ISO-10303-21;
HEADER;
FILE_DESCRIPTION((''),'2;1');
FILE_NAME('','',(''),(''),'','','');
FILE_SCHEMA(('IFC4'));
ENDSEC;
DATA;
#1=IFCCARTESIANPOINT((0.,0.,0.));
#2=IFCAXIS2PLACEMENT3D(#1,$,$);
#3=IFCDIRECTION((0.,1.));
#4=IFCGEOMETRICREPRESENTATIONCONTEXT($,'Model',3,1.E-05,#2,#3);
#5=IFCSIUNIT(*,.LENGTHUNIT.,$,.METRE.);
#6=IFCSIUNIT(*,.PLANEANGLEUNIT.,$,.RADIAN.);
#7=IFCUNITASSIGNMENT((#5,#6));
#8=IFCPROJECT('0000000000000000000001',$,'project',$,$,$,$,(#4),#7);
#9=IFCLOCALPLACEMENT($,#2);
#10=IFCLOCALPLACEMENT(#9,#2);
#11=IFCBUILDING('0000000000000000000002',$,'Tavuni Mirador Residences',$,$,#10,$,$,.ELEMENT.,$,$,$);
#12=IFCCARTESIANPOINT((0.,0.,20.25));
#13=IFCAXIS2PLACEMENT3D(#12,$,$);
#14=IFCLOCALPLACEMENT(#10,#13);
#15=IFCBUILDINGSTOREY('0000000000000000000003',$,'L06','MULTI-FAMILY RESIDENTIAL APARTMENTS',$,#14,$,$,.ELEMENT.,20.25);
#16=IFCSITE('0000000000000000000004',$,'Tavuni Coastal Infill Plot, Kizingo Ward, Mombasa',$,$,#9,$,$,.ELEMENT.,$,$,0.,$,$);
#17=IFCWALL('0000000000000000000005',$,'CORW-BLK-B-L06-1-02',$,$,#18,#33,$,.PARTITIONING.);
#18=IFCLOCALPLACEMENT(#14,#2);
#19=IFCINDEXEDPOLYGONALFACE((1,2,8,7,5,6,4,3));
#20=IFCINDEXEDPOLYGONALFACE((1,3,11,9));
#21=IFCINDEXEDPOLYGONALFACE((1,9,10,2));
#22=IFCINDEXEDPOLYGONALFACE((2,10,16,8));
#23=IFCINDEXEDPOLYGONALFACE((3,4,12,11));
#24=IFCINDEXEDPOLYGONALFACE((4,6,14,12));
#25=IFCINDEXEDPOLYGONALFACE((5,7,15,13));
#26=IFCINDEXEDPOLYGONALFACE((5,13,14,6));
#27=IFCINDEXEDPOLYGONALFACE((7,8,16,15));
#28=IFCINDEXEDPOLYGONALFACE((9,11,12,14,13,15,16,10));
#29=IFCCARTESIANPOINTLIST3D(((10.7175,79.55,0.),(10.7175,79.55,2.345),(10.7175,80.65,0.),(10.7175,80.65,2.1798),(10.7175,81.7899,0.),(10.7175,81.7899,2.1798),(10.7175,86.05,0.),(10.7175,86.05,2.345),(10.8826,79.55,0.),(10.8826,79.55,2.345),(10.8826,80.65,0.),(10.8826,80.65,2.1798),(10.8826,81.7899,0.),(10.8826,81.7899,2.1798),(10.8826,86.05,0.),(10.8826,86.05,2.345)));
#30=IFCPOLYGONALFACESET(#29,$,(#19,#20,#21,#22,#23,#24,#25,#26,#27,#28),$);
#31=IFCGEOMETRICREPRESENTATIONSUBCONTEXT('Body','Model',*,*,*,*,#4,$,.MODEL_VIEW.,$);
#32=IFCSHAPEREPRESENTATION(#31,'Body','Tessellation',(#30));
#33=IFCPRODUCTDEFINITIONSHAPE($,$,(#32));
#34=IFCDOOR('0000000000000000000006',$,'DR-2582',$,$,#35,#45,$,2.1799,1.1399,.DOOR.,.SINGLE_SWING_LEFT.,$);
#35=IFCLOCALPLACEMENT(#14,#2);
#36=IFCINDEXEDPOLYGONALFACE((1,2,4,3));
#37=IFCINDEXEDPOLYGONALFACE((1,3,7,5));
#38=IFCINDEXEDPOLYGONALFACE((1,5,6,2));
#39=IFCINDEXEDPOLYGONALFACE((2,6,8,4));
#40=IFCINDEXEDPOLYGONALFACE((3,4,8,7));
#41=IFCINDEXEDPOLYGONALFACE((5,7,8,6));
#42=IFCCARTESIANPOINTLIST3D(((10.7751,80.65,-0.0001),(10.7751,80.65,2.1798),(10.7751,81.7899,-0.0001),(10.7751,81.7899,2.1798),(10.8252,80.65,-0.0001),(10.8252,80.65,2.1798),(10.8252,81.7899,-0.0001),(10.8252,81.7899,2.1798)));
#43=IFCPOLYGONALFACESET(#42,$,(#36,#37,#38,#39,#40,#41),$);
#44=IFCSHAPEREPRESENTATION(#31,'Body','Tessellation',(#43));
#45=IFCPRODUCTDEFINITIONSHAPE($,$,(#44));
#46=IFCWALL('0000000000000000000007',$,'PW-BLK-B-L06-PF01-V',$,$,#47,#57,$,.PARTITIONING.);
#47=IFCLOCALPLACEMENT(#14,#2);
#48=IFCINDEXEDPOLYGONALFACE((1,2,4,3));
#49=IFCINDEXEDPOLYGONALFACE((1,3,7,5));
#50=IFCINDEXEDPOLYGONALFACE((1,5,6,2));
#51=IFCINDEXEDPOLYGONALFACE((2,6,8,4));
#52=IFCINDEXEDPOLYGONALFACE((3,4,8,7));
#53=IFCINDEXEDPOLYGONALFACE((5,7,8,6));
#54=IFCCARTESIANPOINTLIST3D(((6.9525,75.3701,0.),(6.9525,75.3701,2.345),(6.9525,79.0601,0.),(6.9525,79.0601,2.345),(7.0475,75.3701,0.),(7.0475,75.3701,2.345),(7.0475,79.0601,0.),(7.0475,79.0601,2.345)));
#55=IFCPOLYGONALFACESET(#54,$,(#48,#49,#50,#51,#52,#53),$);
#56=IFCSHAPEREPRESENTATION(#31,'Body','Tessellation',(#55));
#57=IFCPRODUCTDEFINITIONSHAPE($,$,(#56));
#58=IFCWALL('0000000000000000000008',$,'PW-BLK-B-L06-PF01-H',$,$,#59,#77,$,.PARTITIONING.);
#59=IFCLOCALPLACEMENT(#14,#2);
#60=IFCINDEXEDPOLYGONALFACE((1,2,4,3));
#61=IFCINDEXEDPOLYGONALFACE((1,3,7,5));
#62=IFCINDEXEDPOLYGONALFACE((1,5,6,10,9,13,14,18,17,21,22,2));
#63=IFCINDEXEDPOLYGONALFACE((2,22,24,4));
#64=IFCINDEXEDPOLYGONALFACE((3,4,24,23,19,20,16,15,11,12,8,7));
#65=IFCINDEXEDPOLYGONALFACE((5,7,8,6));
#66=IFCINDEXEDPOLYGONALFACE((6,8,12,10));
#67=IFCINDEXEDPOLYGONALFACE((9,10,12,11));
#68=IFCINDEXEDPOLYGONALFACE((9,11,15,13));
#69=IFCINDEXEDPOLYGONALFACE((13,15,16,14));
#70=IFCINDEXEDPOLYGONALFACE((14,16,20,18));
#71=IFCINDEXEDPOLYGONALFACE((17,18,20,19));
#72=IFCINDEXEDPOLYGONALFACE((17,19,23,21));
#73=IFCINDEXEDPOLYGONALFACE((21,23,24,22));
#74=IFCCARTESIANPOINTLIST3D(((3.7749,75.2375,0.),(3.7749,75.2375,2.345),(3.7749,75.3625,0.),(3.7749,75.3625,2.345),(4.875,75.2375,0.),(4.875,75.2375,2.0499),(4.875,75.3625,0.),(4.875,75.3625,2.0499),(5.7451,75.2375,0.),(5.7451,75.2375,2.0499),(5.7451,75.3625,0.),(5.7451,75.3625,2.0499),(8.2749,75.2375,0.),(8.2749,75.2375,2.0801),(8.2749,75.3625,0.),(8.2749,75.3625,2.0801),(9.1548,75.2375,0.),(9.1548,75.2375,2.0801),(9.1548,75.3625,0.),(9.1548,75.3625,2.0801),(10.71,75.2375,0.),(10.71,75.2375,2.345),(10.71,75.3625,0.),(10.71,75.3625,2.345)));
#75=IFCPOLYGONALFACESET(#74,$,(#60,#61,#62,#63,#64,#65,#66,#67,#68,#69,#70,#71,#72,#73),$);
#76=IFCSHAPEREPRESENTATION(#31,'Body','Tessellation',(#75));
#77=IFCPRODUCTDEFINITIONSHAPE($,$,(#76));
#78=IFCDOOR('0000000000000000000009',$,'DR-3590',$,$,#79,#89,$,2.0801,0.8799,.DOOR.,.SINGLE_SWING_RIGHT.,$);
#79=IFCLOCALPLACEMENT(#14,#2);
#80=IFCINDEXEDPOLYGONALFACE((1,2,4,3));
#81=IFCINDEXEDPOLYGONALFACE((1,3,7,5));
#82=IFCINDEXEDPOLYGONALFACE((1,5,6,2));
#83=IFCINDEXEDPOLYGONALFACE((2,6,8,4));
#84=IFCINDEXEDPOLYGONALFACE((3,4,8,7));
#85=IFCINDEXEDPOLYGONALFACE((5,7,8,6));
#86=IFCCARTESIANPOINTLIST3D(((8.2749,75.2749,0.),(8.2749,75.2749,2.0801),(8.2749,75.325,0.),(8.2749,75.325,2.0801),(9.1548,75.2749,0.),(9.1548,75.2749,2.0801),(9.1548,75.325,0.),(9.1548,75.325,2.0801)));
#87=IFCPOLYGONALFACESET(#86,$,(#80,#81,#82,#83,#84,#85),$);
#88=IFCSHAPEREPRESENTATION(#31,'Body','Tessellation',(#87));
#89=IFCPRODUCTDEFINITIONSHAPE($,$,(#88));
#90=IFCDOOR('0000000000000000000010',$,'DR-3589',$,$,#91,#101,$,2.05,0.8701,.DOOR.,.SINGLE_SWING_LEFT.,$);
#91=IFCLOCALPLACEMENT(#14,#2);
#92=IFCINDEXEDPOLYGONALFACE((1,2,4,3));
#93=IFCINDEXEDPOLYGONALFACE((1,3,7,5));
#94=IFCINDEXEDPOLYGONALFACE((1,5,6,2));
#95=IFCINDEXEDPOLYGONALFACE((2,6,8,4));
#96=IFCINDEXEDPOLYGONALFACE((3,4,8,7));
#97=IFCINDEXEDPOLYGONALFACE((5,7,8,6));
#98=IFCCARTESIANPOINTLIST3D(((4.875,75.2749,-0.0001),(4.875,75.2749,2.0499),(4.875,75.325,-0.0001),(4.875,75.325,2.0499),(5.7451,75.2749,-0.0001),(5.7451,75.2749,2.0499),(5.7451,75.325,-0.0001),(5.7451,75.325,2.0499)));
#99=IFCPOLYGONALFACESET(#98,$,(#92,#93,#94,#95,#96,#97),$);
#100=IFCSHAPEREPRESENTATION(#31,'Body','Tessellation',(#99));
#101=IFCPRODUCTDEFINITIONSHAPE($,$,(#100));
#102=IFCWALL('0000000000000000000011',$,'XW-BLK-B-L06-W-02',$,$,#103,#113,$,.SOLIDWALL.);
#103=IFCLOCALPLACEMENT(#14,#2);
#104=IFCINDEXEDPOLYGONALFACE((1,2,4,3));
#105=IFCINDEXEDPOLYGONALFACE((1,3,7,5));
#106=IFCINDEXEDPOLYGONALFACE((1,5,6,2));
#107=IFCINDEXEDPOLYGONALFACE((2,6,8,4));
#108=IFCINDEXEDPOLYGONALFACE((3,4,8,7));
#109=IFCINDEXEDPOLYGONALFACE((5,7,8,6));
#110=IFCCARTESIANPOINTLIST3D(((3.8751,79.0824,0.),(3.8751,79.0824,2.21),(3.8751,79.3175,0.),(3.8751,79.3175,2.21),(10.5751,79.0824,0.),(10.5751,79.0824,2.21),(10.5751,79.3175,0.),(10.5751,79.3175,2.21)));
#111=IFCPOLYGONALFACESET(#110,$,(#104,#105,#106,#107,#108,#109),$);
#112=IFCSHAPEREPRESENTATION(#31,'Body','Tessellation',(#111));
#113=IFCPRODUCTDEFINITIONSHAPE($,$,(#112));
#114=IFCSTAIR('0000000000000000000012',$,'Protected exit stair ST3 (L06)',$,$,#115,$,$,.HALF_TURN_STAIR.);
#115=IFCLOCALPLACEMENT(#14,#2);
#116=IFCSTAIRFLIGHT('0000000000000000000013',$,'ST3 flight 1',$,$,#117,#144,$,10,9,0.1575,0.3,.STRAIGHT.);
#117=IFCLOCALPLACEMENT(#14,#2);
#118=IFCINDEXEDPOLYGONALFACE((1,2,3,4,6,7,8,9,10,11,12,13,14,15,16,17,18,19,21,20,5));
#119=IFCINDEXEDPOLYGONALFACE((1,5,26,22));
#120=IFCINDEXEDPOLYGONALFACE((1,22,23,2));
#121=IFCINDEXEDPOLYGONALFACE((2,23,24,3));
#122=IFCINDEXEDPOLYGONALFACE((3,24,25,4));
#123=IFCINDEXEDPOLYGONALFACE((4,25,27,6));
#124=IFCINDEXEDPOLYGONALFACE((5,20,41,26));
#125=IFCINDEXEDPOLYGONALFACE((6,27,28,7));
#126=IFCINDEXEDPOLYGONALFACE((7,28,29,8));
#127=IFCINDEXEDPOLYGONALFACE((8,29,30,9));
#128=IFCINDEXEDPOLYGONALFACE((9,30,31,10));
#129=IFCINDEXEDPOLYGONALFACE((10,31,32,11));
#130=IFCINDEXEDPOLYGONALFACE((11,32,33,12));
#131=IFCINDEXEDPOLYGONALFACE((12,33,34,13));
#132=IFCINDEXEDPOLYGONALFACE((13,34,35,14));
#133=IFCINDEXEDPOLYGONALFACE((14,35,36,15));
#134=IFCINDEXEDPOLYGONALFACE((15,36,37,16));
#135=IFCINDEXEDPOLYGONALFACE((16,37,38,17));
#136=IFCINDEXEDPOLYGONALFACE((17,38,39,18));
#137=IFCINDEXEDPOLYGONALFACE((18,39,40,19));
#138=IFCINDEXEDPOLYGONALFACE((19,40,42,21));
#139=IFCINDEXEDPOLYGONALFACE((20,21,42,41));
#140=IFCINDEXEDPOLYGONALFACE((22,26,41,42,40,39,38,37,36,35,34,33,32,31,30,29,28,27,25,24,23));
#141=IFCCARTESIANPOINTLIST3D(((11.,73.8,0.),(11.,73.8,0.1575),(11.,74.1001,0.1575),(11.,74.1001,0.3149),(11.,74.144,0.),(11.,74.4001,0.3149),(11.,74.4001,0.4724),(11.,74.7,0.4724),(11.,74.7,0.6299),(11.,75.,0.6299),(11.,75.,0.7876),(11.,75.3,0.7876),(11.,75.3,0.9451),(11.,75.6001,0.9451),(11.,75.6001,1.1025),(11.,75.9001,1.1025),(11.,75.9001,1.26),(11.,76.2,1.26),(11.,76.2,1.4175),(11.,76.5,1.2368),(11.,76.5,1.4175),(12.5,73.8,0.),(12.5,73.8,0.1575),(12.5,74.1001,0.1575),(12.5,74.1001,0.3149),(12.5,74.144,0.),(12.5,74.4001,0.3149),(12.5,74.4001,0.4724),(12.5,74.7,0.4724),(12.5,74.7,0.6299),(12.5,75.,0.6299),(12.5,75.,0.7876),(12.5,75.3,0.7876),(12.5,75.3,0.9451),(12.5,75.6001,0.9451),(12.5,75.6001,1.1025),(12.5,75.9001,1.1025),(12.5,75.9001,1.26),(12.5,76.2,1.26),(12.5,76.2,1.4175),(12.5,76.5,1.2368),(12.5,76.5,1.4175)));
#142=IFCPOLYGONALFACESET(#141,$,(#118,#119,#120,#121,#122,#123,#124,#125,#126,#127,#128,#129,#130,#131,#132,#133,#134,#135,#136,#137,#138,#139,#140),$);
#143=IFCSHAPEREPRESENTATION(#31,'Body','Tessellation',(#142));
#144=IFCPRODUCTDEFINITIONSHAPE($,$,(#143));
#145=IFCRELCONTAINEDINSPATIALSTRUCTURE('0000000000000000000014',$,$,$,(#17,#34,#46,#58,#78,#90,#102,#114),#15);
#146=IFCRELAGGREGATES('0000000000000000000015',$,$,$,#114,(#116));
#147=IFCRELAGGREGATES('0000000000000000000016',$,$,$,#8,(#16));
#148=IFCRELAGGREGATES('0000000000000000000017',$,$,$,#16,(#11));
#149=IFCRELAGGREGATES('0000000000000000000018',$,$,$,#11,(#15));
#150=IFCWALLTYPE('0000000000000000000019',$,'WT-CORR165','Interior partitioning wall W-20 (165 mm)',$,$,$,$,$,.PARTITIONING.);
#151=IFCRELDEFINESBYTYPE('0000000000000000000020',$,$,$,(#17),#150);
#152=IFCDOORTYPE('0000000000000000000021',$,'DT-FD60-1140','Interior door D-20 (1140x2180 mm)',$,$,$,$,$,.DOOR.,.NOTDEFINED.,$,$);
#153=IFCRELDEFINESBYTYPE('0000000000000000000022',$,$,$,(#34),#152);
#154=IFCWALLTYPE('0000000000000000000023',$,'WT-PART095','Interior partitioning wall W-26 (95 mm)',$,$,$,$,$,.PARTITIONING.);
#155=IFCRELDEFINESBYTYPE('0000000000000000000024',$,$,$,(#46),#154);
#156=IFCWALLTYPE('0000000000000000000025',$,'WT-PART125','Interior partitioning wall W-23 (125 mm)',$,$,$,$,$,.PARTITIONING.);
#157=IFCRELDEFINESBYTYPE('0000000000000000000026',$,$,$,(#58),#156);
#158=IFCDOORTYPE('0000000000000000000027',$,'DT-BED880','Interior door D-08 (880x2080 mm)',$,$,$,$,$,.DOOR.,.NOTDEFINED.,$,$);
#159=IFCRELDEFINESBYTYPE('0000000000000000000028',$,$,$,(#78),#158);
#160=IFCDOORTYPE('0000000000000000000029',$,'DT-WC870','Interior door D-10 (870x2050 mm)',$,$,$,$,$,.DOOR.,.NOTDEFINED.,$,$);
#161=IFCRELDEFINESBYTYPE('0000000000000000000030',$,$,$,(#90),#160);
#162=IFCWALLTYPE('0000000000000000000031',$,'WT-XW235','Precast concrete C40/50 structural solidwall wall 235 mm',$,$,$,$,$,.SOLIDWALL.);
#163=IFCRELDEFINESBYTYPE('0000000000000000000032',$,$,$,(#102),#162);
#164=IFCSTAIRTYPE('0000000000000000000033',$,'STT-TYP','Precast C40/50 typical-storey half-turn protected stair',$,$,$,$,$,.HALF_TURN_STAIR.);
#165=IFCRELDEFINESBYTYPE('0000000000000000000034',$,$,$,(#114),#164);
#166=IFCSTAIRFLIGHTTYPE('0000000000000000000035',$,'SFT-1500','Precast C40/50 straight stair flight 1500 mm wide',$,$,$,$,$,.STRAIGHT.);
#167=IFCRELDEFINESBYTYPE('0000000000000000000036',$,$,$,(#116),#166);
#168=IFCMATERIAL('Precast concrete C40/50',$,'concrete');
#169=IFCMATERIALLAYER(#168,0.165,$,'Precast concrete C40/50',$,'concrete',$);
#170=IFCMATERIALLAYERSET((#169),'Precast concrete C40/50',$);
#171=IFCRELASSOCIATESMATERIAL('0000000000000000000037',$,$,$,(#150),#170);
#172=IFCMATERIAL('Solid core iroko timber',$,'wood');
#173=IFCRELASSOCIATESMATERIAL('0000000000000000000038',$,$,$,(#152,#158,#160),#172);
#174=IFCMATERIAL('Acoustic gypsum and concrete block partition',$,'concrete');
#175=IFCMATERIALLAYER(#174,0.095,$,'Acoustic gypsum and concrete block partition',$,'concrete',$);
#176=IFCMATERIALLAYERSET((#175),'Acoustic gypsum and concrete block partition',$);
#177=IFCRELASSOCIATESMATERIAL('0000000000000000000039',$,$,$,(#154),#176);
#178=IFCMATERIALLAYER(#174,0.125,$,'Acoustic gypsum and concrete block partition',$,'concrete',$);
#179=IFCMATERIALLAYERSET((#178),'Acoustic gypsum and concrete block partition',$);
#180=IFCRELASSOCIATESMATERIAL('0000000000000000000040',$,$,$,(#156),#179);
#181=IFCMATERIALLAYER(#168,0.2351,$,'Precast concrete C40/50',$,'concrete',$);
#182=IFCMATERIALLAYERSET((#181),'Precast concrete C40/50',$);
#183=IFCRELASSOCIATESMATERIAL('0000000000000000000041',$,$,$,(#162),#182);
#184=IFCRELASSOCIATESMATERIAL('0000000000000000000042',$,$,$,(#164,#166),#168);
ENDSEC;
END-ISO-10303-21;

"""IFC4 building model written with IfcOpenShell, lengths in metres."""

from ifc_helpers import new_model, si_unit, direction, frame, frame_2d, origin, place, context, subcontext, project, spatial, polyline, rectangle, outline, extrude, material, layer, layer_set, type_object, element, fill, aggregate, save


model = new_model("IFC4")

# Units and contexts
model_context = context("Model", 3, precision=1e-05, world=origin(), true_north=direction((0.0, 1.0)))
body_context = subcontext(model_context, "Body", "Model", "MODEL_VIEW")
ifc_project = project(units=[si_unit("LENGTHUNIT", "METRE"), si_unit("PLANEANGLEUNIT", "RADIAN")], contexts=[model_context])

# Site, building, storey
site_placement = place(None, origin())
site = spatial("IfcSite", under=ifc_project, at=site_placement, Name="Tavuni Coastal Infill Plot, Kizingo Ward, Mombasa", CompositionType="ELEMENT", RefElevation=0.0)
building_placement = place(site_placement, origin())
building = spatial("IfcBuilding", under=site, at=building_placement, Name="Tavuni Mirador Residences", CompositionType="ELEMENT")
storey_placement = place(building_placement, frame((0.0, 0.0, 20.25)))
storey = spatial("IfcBuildingStorey", under=building, at=storey_placement, Name="L06", Description="MULTI-FAMILY RESIDENTIAL APARTMENTS", CompositionType="ELEMENT", Elevation=20.25)

# Shared definitions
ifc_material_1 = material(Name="Precast concrete C40/50", Category="concrete")

# Shared definitions
ifc_material_2 = material(Name="Solid core iroko timber", Category="wood")

# Wall, opening, door
ifc_layer_1 = layer(ifc_material_1, 0.165, Name="Precast concrete C40/50", Category="concrete")
ifc_layer_set_1 = layer_set([ifc_layer_1], Name="Precast concrete C40/50")
wall_type_1 = type_object("IfcWallType", Name="WT-CORR165", Description="Interior partitioning wall W-20 (165 mm)", PredefinedType="PARTITIONING", material=ifc_layer_set_1)
wall_1_placement = place(storey_placement, frame((10.8, 79.55, 0.0), z_axis=(0.0, 0.0, 1.0), x_axis=(0.0, 1.0, 0.0)))
wall_1 = element("IfcWall", 1, at=wall_1_placement, inside=storey, type_object=wall_type_1, Name="CORW-BLK-B-L06-1-02", PredefinedType="PARTITIONING", context=body_context, shape_type="SweptSolid", body=[
    extrude(rectangle(XDim=6.5, YDim=0.165, at=frame_2d((3.25, 0.0))), origin(), (0.0, 0.0, 1.0), 2.345),
])
opening_1_placement = place(wall_1_placement, frame((1.1001, 0.0, 0.0)))
opening_1 = element("IfcOpeningElement", 2, at=opening_1_placement, cuts=wall_1, PredefinedType="OPENING", context=body_context, shape_type="SweptSolid", body=[
    extrude(rectangle(XDim=1.1399, YDim=2.1799, at=frame_2d((0.5698, 1.0898))), frame((0.0, 0.0925, 0.0), z_axis=(0.0, -1.0, 0.0), x_axis=(1.0, 0.0, 0.0)), (0.0, 0.0, 1.0), 0.1851),
])
door_type_1 = type_object("IfcDoorType", Name="DT-FD60-1140", Description="Interior door D-20 (1140x2180 mm)", OperationType="NOTDEFINED", PredefinedType="DOOR", material=ifc_material_2)
door_1_placement = place(opening_1_placement, origin())
door_1 = element("IfcDoor", 3, at=door_1_placement, inside=storey, type_object=door_type_1, Name="DR-2582", OperationType="SINGLE_SWING_LEFT", OverallHeight=2.1799, OverallWidth=1.1399, PredefinedType="DOOR", context=body_context, shape_type="SweptSolid", body=[
    extrude(rectangle(XDim=1.1399, YDim=2.1799, at=frame_2d((0.5698, 1.0898))), frame((0.0, 0.0249, 0.0), z_axis=(0.0, -1.0, 0.0), x_axis=(1.0, 0.0, 0.0)), (0.0, 0.0, 1.0), 0.05),
])
fill(opening_1, door_1)

# Wall
ifc_material_3 = material(Name="Acoustic gypsum and concrete block partition", Category="concrete")
ifc_layer_2 = layer(ifc_material_3, 0.095, Name="Acoustic gypsum and concrete block partition", Category="concrete")
ifc_layer_set_2 = layer_set([ifc_layer_2], Name="Acoustic gypsum and concrete block partition")
wall_type_2 = type_object("IfcWallType", Name="WT-PART095", Description="Interior partitioning wall W-26 (95 mm)", PredefinedType="PARTITIONING", material=ifc_layer_set_2)
wall_2_placement = place(storey_placement, frame((7.0, 75.3701, 0.0), z_axis=(0.0, 0.0, 1.0), x_axis=(0.0, 1.0, 0.0)))
element("IfcWall", 4, at=wall_2_placement, inside=storey, type_object=wall_type_2, Name="PW-BLK-B-L06-PF01-V", PredefinedType="PARTITIONING", context=body_context, shape_type="SweptSolid", body=[
    extrude(rectangle(XDim=3.6899, YDim=0.095, at=frame_2d((1.845, 0.0))), origin(), (0.0, 0.0, 1.0), 2.345),
])

# Wall, openings, doors
ifc_layer_3 = layer(ifc_material_3, 0.125, Name="Acoustic gypsum and concrete block partition", Category="concrete")
ifc_layer_set_3 = layer_set([ifc_layer_3], Name="Acoustic gypsum and concrete block partition")
wall_type_3 = type_object("IfcWallType", Name="WT-PART125", Description="Interior partitioning wall W-23 (125 mm)", PredefinedType="PARTITIONING", material=ifc_layer_set_3)
wall_3_placement = place(storey_placement, frame((3.7749, 75.3, 0.0), z_axis=(0.0, 0.0, 1.0), x_axis=(1.0, 0.0, 0.0)))
wall_3 = element("IfcWall", 5, at=wall_3_placement, inside=storey, type_object=wall_type_3, Name="PW-BLK-B-L06-PF01-H", PredefinedType="PARTITIONING", context=body_context, shape_type="SweptSolid", body=[
    extrude(rectangle(XDim=6.9351, YDim=0.125, at=frame_2d((3.4675, 0.0))), origin(), (0.0, 0.0, 1.0), 2.345),
])
opening_2_placement = place(wall_3_placement, frame((1.1001, 0.0, 0.0)))
opening_2 = element("IfcOpeningElement", 6, at=opening_2_placement, cuts=wall_3, PredefinedType="OPENING", context=body_context, shape_type="SweptSolid", body=[
    extrude(rectangle(XDim=0.8701, YDim=2.05, at=frame_2d((0.4351, 1.0249))), frame((0.0, 0.0725, 0.0), z_axis=(0.0, -1.0, 0.0), x_axis=(1.0, 0.0, 0.0)), (0.0, 0.0, 1.0), 0.145),
])
opening_3_placement = place(wall_3_placement, frame((4.5, 0.0, 0.0)))
opening_3 = element("IfcOpeningElement", 7, at=opening_3_placement, cuts=wall_3, PredefinedType="OPENING", context=body_context, shape_type="SweptSolid", body=[
    extrude(rectangle(XDim=0.8799, YDim=2.0801, at=frame_2d((0.4399, 1.04))), frame((0.0, 0.0725, 0.0), z_axis=(0.0, -1.0, 0.0), x_axis=(1.0, 0.0, 0.0)), (0.0, 0.0, 1.0), 0.145),
])
door_type_2 = type_object("IfcDoorType", Name="DT-BED880", Description="Interior door D-08 (880x2080 mm)", OperationType="NOTDEFINED", PredefinedType="DOOR", material=ifc_material_2)
door_2_placement = place(opening_3_placement, origin())
door_2 = element("IfcDoor", 8, at=door_2_placement, inside=storey, type_object=door_type_2, Name="DR-3590", OperationType="SINGLE_SWING_RIGHT", OverallHeight=2.0801, OverallWidth=0.8799, PredefinedType="DOOR", context=body_context, shape_type="SweptSolid", body=[
    extrude(rectangle(XDim=0.8799, YDim=2.0801, at=frame_2d((0.4399, 1.04))), frame((0.0, 0.0249, 0.0), z_axis=(0.0, -1.0, 0.0), x_axis=(1.0, 0.0, 0.0)), (0.0, 0.0, 1.0), 0.05),
])
fill(opening_3, door_2)
door_type_3 = type_object("IfcDoorType", Name="DT-WC870", Description="Interior door D-10 (870x2050 mm)", OperationType="NOTDEFINED", PredefinedType="DOOR", material=ifc_material_2)
door_3_placement = place(opening_2_placement, origin())
door_3 = element("IfcDoor", 9, at=door_3_placement, inside=storey, type_object=door_type_3, Name="DR-3589", OperationType="SINGLE_SWING_LEFT", OverallHeight=2.05, OverallWidth=0.8701, PredefinedType="DOOR", context=body_context, shape_type="SweptSolid", body=[
    extrude(rectangle(XDim=0.8701, YDim=2.05, at=frame_2d((0.4351, 1.0249))), frame((0.0, 0.0249, 0.0), z_axis=(0.0, -1.0, 0.0), x_axis=(1.0, 0.0, 0.0)), (0.0, 0.0, 1.0), 0.05),
])
fill(opening_2, door_3)

# Wall
ifc_layer_4 = layer(ifc_material_1, 0.2351, Name="Precast concrete C40/50", Category="concrete")
ifc_layer_set_4 = layer_set([ifc_layer_4], Name="Precast concrete C40/50")
wall_type_4 = type_object("IfcWallType", Name="WT-XW235", Description="Precast concrete C40/50 structural solidwall wall 235 mm", PredefinedType="SOLIDWALL", material=ifc_layer_set_4)
wall_4_placement = place(storey_placement, frame((3.875, 79.2, 0.0), z_axis=(0.0, 0.0, 1.0), x_axis=(1.0, 0.0, 0.0)))
element("IfcWall", 10, at=wall_4_placement, inside=storey, type_object=wall_type_4, Name="XW-BLK-B-L06-W-02", PredefinedType="SOLIDWALL", context=body_context, shape_type="SweptSolid", body=[
    extrude(rectangle(XDim=6.7, YDim=0.2351, at=frame_2d((3.3501, 0.0))), origin(), (0.0, 0.0, 1.0), 2.21),
])

# Stair, stair flight
stair_type = type_object("IfcStairType", Name="STT-TYP", Description="Precast C40/50 typical-storey half-turn protected stair", PredefinedType="HALF_TURN_STAIR", material=ifc_material_1)
stair_placement = place(storey_placement, origin())
stair = element("IfcStair", 11, at=stair_placement, inside=storey, type_object=stair_type, Name="Protected exit stair ST3 (L06)", PredefinedType="HALF_TURN_STAIR")
stair_flight_type = type_object("IfcStairFlightType", Name="SFT-1500", Description="Precast C40/50 straight stair flight 1500 mm wide", PredefinedType="STRAIGHT", material=ifc_material_1)
stair_flight_1_placement = place(storey_placement, frame((11.75, 73.8, 0.0), z_axis=(0.0, 0.0, 1.0), x_axis=(0.0, 1.0, 0.0)))
stair_flight_1 = element("IfcStairFlight", 12, at=stair_flight_1_placement, type_object=stair_flight_type, Name="ST3 flight 1", NumberOfRisers=10, NumberOfTreads=9, PredefinedType="STRAIGHT", RiserHeight=0.1575, TreadLength=0.3, context=body_context, shape_type="SweptSolid", body=[
    extrude(outline(polyline([(0.0, 0.0), (0.0, 0.1575), (0.3, 0.1575), (0.3, 0.3149), (0.6001, 0.3149), (0.6001, 0.4724), (0.8999, 0.4724), (0.8999, 0.6299), (1.2, 0.6299), (1.2, 0.7876), (1.5, 0.7876), (1.5, 0.9451), (1.8, 0.9451), (1.8, 1.1025), (2.1001, 1.1025), (2.1001, 1.26), (2.3999, 1.26), (2.3999, 1.4175), (2.7, 1.4175), (2.7, 1.575), (2.7, 1.2368), (0.344, 0.0), (0.0, 0.0)])), frame((0.0, 0.75, 0.0), z_axis=(0.0, -1.0, 0.0), x_axis=(1.0, 0.0, 0.0)), (0.0, 0.0, 1.0), 1.5),
])
aggregate(stair, [stair_flight_1])

save(model, "model.ifc")
